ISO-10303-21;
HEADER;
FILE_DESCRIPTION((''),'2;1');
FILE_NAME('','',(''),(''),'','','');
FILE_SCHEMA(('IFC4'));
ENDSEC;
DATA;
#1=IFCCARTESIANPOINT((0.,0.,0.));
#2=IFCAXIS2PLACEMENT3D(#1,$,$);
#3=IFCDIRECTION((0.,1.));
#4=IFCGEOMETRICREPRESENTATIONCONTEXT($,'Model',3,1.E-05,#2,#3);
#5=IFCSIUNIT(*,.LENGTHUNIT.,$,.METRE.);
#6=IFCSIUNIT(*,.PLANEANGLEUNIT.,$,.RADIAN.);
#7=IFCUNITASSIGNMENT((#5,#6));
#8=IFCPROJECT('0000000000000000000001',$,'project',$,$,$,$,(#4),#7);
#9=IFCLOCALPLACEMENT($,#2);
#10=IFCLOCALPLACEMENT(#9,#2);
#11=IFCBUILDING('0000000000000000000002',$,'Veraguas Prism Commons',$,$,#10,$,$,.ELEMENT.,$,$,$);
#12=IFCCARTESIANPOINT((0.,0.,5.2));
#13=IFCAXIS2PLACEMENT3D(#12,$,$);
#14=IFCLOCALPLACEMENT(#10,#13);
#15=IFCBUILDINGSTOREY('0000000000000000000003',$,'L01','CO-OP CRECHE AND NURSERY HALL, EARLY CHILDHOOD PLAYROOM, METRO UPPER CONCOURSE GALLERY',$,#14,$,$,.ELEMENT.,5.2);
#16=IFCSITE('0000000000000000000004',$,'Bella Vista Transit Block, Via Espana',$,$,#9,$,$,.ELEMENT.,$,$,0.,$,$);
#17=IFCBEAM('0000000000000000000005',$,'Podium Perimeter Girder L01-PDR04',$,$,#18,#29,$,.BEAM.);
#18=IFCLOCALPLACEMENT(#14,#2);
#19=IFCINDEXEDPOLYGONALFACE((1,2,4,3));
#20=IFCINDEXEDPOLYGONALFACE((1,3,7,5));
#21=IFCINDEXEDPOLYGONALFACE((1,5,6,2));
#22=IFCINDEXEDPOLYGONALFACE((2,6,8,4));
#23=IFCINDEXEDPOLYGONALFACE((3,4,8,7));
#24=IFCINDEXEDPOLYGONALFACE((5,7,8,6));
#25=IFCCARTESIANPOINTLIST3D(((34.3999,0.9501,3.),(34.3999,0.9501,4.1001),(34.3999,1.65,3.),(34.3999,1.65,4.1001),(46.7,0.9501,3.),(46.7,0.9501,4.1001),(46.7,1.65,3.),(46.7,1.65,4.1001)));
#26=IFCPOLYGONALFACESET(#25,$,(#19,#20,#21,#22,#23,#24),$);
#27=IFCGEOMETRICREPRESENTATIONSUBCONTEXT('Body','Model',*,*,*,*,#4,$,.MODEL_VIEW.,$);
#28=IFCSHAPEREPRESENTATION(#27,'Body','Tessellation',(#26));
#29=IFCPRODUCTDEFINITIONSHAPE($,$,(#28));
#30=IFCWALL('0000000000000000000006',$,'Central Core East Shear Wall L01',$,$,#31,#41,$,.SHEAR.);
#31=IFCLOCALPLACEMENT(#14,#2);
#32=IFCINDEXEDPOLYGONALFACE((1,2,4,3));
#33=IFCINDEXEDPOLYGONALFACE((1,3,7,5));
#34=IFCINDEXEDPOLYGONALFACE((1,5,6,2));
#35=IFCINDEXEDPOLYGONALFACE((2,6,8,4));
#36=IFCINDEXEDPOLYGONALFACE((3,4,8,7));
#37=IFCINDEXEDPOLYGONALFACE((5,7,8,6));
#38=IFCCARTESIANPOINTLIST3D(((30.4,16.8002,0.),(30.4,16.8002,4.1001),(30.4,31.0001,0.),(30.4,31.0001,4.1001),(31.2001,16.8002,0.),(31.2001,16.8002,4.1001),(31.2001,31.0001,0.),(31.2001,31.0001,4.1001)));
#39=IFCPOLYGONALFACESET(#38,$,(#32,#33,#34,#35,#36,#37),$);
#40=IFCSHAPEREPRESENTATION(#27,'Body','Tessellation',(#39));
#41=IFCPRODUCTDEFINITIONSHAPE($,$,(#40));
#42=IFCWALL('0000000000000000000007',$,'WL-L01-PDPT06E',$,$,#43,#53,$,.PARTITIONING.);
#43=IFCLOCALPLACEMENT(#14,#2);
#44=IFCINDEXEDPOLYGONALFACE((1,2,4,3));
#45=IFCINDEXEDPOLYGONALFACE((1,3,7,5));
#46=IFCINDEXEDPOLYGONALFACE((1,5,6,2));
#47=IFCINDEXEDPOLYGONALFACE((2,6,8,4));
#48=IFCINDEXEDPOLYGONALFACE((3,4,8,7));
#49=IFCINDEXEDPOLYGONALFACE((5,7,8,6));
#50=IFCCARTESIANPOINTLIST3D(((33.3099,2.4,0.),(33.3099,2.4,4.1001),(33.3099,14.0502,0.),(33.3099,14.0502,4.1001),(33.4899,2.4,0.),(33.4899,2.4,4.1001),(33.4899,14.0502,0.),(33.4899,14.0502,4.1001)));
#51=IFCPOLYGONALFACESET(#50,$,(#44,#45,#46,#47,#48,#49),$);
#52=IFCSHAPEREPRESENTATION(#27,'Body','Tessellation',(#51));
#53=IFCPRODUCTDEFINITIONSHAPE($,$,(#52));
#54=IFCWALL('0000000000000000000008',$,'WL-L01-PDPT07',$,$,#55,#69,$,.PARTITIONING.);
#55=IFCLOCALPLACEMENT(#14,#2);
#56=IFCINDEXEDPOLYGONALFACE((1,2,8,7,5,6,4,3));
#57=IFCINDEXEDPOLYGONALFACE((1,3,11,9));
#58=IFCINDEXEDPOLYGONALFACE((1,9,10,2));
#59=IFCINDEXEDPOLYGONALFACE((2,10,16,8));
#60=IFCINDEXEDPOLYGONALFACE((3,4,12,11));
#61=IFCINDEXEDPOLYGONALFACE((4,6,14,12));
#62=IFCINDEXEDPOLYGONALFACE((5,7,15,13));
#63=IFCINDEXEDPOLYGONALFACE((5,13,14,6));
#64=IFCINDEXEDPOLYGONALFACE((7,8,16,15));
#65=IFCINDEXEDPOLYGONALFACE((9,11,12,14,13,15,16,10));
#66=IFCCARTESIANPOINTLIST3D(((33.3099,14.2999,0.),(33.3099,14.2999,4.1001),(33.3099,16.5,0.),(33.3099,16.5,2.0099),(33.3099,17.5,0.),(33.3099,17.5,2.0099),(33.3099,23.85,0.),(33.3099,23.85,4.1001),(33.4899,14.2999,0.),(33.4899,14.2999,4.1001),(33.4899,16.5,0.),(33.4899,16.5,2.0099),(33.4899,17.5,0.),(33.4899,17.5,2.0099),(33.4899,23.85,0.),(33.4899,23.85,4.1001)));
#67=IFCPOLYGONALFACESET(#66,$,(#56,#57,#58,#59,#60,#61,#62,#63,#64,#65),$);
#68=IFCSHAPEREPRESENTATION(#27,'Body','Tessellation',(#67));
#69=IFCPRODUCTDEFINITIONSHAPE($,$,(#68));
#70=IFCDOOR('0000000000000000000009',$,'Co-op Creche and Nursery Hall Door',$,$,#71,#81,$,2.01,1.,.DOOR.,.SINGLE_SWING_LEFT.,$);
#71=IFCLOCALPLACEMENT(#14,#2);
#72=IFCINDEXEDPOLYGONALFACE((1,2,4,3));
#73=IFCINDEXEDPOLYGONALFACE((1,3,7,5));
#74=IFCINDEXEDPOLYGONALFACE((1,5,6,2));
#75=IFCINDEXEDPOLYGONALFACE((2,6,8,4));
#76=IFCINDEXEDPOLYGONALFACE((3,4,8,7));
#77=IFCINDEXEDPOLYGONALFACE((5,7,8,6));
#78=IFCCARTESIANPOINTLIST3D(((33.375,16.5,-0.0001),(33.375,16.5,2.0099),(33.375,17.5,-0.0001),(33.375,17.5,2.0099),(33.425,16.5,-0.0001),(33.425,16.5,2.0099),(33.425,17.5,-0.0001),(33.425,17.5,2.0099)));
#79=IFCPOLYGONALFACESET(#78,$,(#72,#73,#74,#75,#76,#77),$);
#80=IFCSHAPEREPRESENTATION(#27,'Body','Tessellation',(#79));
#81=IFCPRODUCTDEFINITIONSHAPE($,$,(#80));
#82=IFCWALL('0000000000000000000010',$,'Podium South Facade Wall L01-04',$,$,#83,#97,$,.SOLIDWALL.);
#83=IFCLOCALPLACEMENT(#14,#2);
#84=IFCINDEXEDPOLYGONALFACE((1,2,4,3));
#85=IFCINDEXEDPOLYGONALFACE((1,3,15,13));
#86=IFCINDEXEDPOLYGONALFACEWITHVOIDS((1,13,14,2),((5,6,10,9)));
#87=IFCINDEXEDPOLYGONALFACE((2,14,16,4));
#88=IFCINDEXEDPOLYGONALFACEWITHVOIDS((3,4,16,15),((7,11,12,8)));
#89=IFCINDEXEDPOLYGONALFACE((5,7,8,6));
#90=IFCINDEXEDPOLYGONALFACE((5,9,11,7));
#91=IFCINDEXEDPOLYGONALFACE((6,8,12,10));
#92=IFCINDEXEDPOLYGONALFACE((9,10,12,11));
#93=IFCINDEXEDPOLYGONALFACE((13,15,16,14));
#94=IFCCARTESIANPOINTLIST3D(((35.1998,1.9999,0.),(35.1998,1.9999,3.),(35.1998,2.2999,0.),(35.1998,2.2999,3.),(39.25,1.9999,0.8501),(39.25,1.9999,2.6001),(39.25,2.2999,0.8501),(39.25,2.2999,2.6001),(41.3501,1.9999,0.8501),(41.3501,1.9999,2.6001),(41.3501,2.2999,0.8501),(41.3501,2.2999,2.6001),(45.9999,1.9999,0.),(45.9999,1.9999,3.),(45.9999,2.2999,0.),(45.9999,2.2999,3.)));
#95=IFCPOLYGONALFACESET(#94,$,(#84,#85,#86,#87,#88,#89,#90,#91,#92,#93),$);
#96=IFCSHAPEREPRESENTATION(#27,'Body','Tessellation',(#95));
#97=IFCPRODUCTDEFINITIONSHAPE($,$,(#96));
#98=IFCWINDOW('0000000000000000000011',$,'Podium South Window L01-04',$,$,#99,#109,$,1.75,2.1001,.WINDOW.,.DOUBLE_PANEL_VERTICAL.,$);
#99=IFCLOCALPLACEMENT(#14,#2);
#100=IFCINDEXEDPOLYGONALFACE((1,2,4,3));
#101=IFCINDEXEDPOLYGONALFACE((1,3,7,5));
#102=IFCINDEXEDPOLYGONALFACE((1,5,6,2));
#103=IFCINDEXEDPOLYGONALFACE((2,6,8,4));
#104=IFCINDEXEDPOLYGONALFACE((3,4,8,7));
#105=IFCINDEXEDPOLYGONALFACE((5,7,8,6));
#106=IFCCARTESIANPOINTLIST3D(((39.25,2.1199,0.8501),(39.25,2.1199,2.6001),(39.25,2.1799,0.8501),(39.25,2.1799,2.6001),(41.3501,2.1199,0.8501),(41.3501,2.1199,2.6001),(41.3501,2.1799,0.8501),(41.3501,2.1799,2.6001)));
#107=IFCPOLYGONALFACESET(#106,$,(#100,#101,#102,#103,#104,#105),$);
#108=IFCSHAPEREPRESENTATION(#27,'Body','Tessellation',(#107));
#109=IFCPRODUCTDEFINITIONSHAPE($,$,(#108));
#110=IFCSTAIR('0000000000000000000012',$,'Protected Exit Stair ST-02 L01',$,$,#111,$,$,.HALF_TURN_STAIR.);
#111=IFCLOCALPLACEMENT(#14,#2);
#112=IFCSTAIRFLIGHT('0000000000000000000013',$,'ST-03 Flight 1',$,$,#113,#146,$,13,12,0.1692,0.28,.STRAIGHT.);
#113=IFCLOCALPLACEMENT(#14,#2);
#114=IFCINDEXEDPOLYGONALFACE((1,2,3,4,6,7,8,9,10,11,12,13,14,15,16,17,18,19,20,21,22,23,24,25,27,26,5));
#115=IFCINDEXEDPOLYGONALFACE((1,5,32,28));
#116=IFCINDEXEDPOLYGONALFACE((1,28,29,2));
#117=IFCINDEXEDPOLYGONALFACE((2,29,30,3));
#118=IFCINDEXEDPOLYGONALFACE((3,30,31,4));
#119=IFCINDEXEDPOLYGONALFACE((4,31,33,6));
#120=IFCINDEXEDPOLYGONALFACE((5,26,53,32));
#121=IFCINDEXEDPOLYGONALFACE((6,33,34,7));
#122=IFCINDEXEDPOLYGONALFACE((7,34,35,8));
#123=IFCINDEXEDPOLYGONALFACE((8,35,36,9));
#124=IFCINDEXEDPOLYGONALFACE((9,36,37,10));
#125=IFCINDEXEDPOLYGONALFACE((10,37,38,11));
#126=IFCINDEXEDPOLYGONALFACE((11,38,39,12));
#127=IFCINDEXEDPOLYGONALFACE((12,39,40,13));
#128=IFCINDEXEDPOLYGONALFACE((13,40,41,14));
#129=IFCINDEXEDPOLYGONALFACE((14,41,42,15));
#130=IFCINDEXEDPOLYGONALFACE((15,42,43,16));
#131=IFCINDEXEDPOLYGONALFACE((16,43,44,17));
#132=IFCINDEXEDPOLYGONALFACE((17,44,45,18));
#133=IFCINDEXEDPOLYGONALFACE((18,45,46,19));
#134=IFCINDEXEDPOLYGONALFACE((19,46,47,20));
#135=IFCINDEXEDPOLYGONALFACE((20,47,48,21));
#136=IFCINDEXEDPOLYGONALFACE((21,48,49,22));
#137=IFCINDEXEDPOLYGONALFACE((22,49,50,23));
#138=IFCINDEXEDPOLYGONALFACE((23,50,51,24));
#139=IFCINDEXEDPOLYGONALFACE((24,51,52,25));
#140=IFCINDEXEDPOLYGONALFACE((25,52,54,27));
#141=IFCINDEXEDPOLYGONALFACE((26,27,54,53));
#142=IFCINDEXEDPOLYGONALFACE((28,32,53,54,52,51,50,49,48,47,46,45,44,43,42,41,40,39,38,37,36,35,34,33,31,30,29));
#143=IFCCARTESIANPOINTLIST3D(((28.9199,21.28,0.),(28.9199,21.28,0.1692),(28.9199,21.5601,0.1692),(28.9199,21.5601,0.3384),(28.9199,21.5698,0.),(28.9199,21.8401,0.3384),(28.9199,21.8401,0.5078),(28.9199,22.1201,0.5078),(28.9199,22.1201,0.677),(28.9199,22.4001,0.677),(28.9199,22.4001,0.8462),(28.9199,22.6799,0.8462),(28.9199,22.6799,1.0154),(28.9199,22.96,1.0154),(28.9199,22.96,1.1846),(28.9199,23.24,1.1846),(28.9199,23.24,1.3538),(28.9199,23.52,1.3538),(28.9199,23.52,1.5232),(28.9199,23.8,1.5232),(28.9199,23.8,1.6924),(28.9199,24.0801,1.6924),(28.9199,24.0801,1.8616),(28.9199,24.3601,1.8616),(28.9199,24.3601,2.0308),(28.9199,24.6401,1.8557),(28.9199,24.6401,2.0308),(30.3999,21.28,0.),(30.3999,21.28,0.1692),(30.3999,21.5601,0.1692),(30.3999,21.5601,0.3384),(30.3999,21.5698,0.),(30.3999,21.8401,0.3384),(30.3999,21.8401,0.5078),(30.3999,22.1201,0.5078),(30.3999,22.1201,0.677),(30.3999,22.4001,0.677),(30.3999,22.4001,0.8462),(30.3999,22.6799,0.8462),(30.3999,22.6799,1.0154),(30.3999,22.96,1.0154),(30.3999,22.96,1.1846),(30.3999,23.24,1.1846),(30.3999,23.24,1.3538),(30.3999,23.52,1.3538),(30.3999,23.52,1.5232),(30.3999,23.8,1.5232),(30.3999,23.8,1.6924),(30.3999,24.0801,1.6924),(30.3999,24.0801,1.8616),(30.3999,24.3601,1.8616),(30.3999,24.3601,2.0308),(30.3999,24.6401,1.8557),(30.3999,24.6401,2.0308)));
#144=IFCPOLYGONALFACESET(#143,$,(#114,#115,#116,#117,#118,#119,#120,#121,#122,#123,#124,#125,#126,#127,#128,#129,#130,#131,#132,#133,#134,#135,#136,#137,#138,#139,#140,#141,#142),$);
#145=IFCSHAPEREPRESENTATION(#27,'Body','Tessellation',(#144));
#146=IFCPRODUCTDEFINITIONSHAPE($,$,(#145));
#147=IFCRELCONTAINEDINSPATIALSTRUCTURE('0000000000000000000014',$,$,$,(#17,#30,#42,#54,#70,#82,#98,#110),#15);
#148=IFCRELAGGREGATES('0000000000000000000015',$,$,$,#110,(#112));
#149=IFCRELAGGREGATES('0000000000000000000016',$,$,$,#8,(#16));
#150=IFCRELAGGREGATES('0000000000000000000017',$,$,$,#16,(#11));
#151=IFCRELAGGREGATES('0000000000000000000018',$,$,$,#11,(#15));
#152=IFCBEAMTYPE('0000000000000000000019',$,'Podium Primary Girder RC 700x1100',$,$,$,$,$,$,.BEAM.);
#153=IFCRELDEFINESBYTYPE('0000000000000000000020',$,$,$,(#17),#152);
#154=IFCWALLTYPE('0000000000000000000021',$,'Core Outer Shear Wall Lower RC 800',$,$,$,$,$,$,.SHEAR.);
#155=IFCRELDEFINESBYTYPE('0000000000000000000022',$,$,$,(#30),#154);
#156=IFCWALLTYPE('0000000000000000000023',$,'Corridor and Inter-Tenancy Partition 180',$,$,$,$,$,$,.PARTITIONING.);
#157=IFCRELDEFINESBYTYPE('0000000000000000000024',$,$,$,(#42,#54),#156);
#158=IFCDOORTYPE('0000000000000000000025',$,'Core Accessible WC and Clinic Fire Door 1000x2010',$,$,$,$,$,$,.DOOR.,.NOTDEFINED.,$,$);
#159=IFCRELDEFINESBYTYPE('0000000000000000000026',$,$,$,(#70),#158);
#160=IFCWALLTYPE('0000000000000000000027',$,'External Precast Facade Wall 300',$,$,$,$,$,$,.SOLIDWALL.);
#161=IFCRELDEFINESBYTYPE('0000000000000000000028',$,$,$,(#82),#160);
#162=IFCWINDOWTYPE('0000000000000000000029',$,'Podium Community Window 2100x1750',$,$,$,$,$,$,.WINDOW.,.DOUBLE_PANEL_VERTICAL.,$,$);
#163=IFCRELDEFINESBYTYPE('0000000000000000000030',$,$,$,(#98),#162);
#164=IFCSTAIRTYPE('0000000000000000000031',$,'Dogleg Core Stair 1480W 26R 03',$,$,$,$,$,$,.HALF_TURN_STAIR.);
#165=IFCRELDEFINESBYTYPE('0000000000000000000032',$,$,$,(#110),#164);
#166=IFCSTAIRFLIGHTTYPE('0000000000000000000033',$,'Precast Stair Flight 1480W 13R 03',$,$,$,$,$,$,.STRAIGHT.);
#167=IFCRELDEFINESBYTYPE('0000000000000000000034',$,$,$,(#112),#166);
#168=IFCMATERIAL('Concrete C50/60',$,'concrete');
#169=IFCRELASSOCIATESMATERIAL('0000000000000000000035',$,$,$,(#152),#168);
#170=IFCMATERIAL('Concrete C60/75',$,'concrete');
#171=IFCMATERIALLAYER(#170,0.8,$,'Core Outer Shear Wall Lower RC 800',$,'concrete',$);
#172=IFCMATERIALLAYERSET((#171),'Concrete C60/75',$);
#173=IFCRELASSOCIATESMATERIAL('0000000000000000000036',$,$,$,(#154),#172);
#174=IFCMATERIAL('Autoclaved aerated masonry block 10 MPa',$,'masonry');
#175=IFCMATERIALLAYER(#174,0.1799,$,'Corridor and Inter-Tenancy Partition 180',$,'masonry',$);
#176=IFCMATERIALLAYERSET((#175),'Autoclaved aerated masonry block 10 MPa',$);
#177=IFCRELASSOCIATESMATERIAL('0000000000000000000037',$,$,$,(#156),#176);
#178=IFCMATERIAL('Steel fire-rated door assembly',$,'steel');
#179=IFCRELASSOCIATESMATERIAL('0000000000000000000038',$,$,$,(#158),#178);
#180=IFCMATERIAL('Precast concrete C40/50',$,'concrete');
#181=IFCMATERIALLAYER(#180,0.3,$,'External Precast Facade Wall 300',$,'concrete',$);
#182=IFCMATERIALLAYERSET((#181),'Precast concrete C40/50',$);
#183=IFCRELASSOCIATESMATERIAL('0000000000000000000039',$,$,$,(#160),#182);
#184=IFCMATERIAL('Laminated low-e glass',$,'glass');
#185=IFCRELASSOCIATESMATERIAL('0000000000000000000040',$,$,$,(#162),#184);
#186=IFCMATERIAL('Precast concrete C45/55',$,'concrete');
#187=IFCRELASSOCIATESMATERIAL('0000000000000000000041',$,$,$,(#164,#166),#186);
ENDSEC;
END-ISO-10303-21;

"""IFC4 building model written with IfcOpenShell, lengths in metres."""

from ifc_helpers import new_model, si_unit, direction, frame, frame_2d, origin, origin_2d, place, context, subcontext, project, spatial, polyline, rectangle, outline, extrude, source, transform, mapped, material, layer, layer_set, material_profile, profile_set, type_object, element, fill, aggregate, save


model = new_model("IFC4")

# Units and contexts
model_context = context("Model", 3, precision=1e-05, world=origin(), true_north=direction((0.0, 1.0)))
body_context = subcontext(model_context, "Body", "Model", "MODEL_VIEW")
ifc_project = project(units=[si_unit("LENGTHUNIT", "METRE"), si_unit("PLANEANGLEUNIT", "RADIAN")], contexts=[model_context])

# Site, building, storey
site_placement = place(None, origin())
site = spatial("IfcSite", under=ifc_project, at=site_placement, Name="Bella Vista Transit Block, Via Espana", CompositionType="ELEMENT", RefElevation=0.0)
building_placement = place(site_placement, origin())
building = spatial("IfcBuilding", under=site, at=building_placement, Name="Veraguas Prism Commons", CompositionType="ELEMENT")
storey_placement = place(building_placement, frame((0.0, 0.0, 5.2)))
storey = spatial("IfcBuildingStorey", under=building, at=storey_placement, Name="L01", Description="CO-OP CRECHE AND NURSERY HALL, EARLY CHILDHOOD PLAYROOM, METRO UPPER CONCOURSE GALLERY", CompositionType="ELEMENT", Elevation=5.2)

# Shared definitions
ifc_material_1 = material(Name="Concrete C60/75", Category="concrete")

# Beam
ifc_material_2 = material(Name="Concrete C50/60", Category="concrete")
ifc_material_profile_1 = material_profile(ifc_material_2, rectangle(XDim=0.7, YDim=1.1001, at=origin_2d()), Name="RC700X1100")
ifc_profile_set_1 = profile_set([ifc_material_profile_1], Name="Concrete C50/60")
beam_type_1 = type_object("IfcBeamType", Name="Podium Primary Girder RC 700x1100", PredefinedType="BEAM", material=ifc_profile_set_1)
beam_1_placement = place(storey_placement, frame((34.3999, 1.3, 3.55), z_axis=(1.0, 0.0, 0.0), x_axis=(0.0, 1.0, 0.0)))
element("IfcBeam", 1, at=beam_1_placement, inside=storey, type_object=beam_type_1, Name="Podium Perimeter Girder L01-PDR04", PredefinedType="BEAM", context=body_context, shape_type="SweptSolid", body=[
    extrude(rectangle(XDim=0.7, YDim=1.1001, at=origin_2d()), origin(), (0.0, 0.0, 1.0), 12.3),
])

# Walls
ifc_layer_1 = layer(ifc_material_1, 0.8, Name="Core Outer Shear Wall Lower RC 800", Category="concrete")
ifc_layer_set_1 = layer_set([ifc_layer_1], Name="Concrete C60/75")
wall_type_1 = type_object("IfcWallType", Name="Core Outer Shear Wall Lower RC 800", PredefinedType="SHEAR", material=ifc_layer_set_1)
wall_1_placement = place(storey_placement, frame((30.8, 16.8, 0.0), z_axis=(0.0, 0.0, 1.0), x_axis=(0.0, 1.0, 0.0)))
element("IfcWall", 2, at=wall_1_placement, inside=storey, type_object=wall_type_1, Name="Central Core East Shear Wall L01", PredefinedType="SHEAR", context=body_context, shape_type="SweptSolid", body=[
    extrude(rectangle(XDim=14.2, YDim=0.8, at=frame_2d((7.1001, 0.0))), origin(), (0.0, 0.0, 1.0), 4.1001),
])
ifc_material_3 = material(Name="Autoclaved aerated masonry block 10 MPa", Category="masonry")
ifc_layer_2 = layer(ifc_material_3, 0.1799, Name="Corridor and Inter-Tenancy Partition 180", Category="masonry")
ifc_layer_set_2 = layer_set([ifc_layer_2], Name="Autoclaved aerated masonry block 10 MPa")
wall_type_2 = type_object("IfcWallType", Name="Corridor and Inter-Tenancy Partition 180", PredefinedType="PARTITIONING", material=ifc_layer_set_2)
wall_2_placement = place(storey_placement, frame((33.3999, 2.3999, 0.0), z_axis=(0.0, 0.0, 1.0), x_axis=(0.0, 1.0, 0.0)))
element("IfcWall", 3, at=wall_2_placement, inside=storey, type_object=wall_type_2, Name="WL-L01-PDPT06E", PredefinedType="PARTITIONING", context=body_context, shape_type="SweptSolid", body=[
    extrude(rectangle(XDim=11.6501, YDim=0.1799, at=frame_2d((5.8252, 0.0))), origin(), (0.0, 0.0, 1.0), 4.1001),
])

# Wall, opening, door
wall_3_placement = place(storey_placement, frame((33.3999, 14.3, 0.0), z_axis=(0.0, 0.0, 1.0), x_axis=(0.0, 1.0, 0.0)))
wall_3 = element("IfcWall", 4, at=wall_3_placement, inside=storey, type_object=wall_type_2, Name="WL-L01-PDPT07", PredefinedType="PARTITIONING", context=body_context, shape_type="SweptSolid", body=[
    extrude(rectangle(XDim=9.55, YDim=0.1799, at=frame_2d((4.7749, 0.0))), origin(), (0.0, 0.0, 1.0), 4.1001),
])
opening_1_placement = place(wall_3_placement, frame((2.2, 0.0, 0.0)))
opening_1 = element("IfcOpeningElement", 5, at=opening_1_placement, cuts=wall_3, PredefinedType="OPENING", context=body_context, shape_type="SweptSolid", body=[
    extrude(rectangle(XDim=1.0, YDim=2.01, at=frame_2d((0.5, 1.0049))), frame((0.0, 0.0999, 0.0), z_axis=(0.0, -1.0, 0.0), x_axis=(1.0, 0.0, 0.0)), (0.0, 0.0, 1.0), 0.2),
])
ifc_material_4 = material(Name="Steel fire-rated door assembly", Category="steel")
door_type = type_object("IfcDoorType", Name="Core Accessible WC and Clinic Fire Door 1000x2010", OperationType="NOTDEFINED", PredefinedType="DOOR", material=ifc_material_4)
shared_shape_1 = source(origin(), body_context, "Body", "SweptSolid", [
    extrude(rectangle(XDim=1.0, YDim=2.01, at=frame_2d((0.5, 1.0049))), frame((0.0, 0.0249, 0.0), z_axis=(0.0, -1.0, 0.0), x_axis=(1.0, 0.0, 0.0)), (0.0, 0.0, 1.0), 0.05),
])
door_placement = place(opening_1_placement, origin())
door = element("IfcDoor", 6, at=door_placement, inside=storey, type_object=door_type, Name="Co-op Creche and Nursery Hall Door", OperationType="SINGLE_SWING_LEFT", OverallHeight=2.01, OverallWidth=1.0, PredefinedType="DOOR", context=body_context, shape_type="MappedRepresentation", body=[
    mapped(shared_shape_1, transform((0.0, 0.0, 0.0), scale=1.0)),
])
fill(opening_1, door)

# Wall, opening, window
ifc_material_5 = material(Name="Precast concrete C40/50", Category="concrete")
ifc_layer_3 = layer(ifc_material_5, 0.3, Name="External Precast Facade Wall 300", Category="concrete")
ifc_layer_set_3 = layer_set([ifc_layer_3], Name="Precast concrete C40/50")
wall_type_3 = type_object("IfcWallType", Name="External Precast Facade Wall 300", PredefinedType="SOLIDWALL", material=ifc_layer_set_3)
wall_4_placement = place(storey_placement, frame((35.2, 2.1499, 0.0), z_axis=(0.0, 0.0, 1.0), x_axis=(1.0, 0.0, 0.0)))
wall_4 = element("IfcWall", 7, at=wall_4_placement, inside=storey, type_object=wall_type_3, Name="Podium South Facade Wall L01-04", PredefinedType="SOLIDWALL", context=body_context, shape_type="SweptSolid", body=[
    extrude(rectangle(XDim=10.8, YDim=0.3, at=frame_2d((5.3999, 0.0))), origin(), (0.0, 0.0, 1.0), 3.0),
])
opening_2_placement = place(wall_4_placement, frame((4.05, 0.0, 0.8501)))
opening_2 = element("IfcOpeningElement", 8, at=opening_2_placement, cuts=wall_4, PredefinedType="OPENING", context=body_context, shape_type="SweptSolid", body=[
    extrude(rectangle(XDim=2.1001, YDim=1.75, at=frame_2d((1.05, 0.875))), frame((0.0, 0.1599, 0.0), z_axis=(0.0, -1.0, 0.0), x_axis=(1.0, 0.0, 0.0)), (0.0, 0.0, 1.0), 0.3201),
])
ifc_material_6 = material(Name="Laminated low-e glass", Category="glass")
window_type = type_object("IfcWindowType", Name="Podium Community Window 2100x1750", PartitioningType="DOUBLE_PANEL_VERTICAL", PredefinedType="WINDOW", material=ifc_material_6)
shared_shape_2 = source(origin(), body_context, "Body", "SweptSolid", [
    extrude(rectangle(XDim=2.1001, YDim=1.75, at=frame_2d((1.05, 0.875))), frame((0.0, 0.03, 0.0), z_axis=(0.0, -1.0, 0.0), x_axis=(1.0, 0.0, 0.0)), (0.0, 0.0, 1.0), 0.0601),
])
window_placement = place(opening_2_placement, origin())
window = element("IfcWindow", 9, at=window_placement, inside=storey, type_object=window_type, Name="Podium South Window L01-04", OverallHeight=1.75, OverallWidth=2.1001, PartitioningType="DOUBLE_PANEL_VERTICAL", PredefinedType="WINDOW", context=body_context, shape_type="MappedRepresentation", body=[
    mapped(shared_shape_2, transform((0.0, 0.0, 0.0), scale=1.0)),
])
fill(opening_2, window)

# Stair, stair flight
ifc_material_7 = material(Name="Precast concrete C45/55", Category="concrete")
stair_type = type_object("IfcStairType", Name="Dogleg Core Stair 1480W 26R 03", PredefinedType="HALF_TURN_STAIR", material=ifc_material_7)
stair_placement = place(storey_placement, origin())
stair = element("IfcStair", 10, at=stair_placement, inside=storey, type_object=stair_type, Name="Protected Exit Stair ST-02 L01", PredefinedType="HALF_TURN_STAIR")
stair_flight_type = type_object("IfcStairFlightType", Name="Precast Stair Flight 1480W 13R 03", PredefinedType="STRAIGHT", material=ifc_material_7)
stair_flight_placement = place(storey_placement, frame((29.6599, 21.28, 0.0), z_axis=(0.0, 0.0, 1.0), x_axis=(0.0, 1.0, 0.0)))
stair_flight = element("IfcStairFlight", 11, at=stair_flight_placement, type_object=stair_flight_type, Name="ST-03 Flight 1", NumberOfRisers=13, NumberOfTreads=12, PredefinedType="STRAIGHT", RiserHeight=0.1692, TreadLength=0.28, context=body_context, shape_type="SweptSolid", body=[
    extrude(outline(polyline([(0.0, 0.0), (0.0, 0.1692), (0.28, 0.1692), (0.28, 0.3384), (0.5601, 0.3384), (0.5601, 0.5078), (0.8401, 0.5078), (0.8401, 0.677), (1.1201, 0.677), (1.1201, 0.8462), (1.3999, 0.8462), (1.3999, 1.0154), (1.6799, 1.0154), (1.6799, 1.1846), (1.96, 1.1846), (1.96, 1.3538), (2.24, 1.3538), (2.24, 1.5232), (2.52, 1.5232), (2.52, 1.6924), (2.8, 1.6924), (2.8, 1.8616), (3.0801, 1.8616), (3.0801, 2.0308), (3.3601, 2.0308), (3.3601, 2.2), (3.3601, 1.8557), (0.2898, 0.0), (0.0, 0.0)])), frame((0.0, 0.74, 0.0), z_axis=(0.0, -1.0, 0.0), x_axis=(1.0, 0.0, 0.0)), (0.0, 0.0, 1.0), 1.48),
])
aggregate(stair, [stair_flight])

save(model, "model.ifc")
